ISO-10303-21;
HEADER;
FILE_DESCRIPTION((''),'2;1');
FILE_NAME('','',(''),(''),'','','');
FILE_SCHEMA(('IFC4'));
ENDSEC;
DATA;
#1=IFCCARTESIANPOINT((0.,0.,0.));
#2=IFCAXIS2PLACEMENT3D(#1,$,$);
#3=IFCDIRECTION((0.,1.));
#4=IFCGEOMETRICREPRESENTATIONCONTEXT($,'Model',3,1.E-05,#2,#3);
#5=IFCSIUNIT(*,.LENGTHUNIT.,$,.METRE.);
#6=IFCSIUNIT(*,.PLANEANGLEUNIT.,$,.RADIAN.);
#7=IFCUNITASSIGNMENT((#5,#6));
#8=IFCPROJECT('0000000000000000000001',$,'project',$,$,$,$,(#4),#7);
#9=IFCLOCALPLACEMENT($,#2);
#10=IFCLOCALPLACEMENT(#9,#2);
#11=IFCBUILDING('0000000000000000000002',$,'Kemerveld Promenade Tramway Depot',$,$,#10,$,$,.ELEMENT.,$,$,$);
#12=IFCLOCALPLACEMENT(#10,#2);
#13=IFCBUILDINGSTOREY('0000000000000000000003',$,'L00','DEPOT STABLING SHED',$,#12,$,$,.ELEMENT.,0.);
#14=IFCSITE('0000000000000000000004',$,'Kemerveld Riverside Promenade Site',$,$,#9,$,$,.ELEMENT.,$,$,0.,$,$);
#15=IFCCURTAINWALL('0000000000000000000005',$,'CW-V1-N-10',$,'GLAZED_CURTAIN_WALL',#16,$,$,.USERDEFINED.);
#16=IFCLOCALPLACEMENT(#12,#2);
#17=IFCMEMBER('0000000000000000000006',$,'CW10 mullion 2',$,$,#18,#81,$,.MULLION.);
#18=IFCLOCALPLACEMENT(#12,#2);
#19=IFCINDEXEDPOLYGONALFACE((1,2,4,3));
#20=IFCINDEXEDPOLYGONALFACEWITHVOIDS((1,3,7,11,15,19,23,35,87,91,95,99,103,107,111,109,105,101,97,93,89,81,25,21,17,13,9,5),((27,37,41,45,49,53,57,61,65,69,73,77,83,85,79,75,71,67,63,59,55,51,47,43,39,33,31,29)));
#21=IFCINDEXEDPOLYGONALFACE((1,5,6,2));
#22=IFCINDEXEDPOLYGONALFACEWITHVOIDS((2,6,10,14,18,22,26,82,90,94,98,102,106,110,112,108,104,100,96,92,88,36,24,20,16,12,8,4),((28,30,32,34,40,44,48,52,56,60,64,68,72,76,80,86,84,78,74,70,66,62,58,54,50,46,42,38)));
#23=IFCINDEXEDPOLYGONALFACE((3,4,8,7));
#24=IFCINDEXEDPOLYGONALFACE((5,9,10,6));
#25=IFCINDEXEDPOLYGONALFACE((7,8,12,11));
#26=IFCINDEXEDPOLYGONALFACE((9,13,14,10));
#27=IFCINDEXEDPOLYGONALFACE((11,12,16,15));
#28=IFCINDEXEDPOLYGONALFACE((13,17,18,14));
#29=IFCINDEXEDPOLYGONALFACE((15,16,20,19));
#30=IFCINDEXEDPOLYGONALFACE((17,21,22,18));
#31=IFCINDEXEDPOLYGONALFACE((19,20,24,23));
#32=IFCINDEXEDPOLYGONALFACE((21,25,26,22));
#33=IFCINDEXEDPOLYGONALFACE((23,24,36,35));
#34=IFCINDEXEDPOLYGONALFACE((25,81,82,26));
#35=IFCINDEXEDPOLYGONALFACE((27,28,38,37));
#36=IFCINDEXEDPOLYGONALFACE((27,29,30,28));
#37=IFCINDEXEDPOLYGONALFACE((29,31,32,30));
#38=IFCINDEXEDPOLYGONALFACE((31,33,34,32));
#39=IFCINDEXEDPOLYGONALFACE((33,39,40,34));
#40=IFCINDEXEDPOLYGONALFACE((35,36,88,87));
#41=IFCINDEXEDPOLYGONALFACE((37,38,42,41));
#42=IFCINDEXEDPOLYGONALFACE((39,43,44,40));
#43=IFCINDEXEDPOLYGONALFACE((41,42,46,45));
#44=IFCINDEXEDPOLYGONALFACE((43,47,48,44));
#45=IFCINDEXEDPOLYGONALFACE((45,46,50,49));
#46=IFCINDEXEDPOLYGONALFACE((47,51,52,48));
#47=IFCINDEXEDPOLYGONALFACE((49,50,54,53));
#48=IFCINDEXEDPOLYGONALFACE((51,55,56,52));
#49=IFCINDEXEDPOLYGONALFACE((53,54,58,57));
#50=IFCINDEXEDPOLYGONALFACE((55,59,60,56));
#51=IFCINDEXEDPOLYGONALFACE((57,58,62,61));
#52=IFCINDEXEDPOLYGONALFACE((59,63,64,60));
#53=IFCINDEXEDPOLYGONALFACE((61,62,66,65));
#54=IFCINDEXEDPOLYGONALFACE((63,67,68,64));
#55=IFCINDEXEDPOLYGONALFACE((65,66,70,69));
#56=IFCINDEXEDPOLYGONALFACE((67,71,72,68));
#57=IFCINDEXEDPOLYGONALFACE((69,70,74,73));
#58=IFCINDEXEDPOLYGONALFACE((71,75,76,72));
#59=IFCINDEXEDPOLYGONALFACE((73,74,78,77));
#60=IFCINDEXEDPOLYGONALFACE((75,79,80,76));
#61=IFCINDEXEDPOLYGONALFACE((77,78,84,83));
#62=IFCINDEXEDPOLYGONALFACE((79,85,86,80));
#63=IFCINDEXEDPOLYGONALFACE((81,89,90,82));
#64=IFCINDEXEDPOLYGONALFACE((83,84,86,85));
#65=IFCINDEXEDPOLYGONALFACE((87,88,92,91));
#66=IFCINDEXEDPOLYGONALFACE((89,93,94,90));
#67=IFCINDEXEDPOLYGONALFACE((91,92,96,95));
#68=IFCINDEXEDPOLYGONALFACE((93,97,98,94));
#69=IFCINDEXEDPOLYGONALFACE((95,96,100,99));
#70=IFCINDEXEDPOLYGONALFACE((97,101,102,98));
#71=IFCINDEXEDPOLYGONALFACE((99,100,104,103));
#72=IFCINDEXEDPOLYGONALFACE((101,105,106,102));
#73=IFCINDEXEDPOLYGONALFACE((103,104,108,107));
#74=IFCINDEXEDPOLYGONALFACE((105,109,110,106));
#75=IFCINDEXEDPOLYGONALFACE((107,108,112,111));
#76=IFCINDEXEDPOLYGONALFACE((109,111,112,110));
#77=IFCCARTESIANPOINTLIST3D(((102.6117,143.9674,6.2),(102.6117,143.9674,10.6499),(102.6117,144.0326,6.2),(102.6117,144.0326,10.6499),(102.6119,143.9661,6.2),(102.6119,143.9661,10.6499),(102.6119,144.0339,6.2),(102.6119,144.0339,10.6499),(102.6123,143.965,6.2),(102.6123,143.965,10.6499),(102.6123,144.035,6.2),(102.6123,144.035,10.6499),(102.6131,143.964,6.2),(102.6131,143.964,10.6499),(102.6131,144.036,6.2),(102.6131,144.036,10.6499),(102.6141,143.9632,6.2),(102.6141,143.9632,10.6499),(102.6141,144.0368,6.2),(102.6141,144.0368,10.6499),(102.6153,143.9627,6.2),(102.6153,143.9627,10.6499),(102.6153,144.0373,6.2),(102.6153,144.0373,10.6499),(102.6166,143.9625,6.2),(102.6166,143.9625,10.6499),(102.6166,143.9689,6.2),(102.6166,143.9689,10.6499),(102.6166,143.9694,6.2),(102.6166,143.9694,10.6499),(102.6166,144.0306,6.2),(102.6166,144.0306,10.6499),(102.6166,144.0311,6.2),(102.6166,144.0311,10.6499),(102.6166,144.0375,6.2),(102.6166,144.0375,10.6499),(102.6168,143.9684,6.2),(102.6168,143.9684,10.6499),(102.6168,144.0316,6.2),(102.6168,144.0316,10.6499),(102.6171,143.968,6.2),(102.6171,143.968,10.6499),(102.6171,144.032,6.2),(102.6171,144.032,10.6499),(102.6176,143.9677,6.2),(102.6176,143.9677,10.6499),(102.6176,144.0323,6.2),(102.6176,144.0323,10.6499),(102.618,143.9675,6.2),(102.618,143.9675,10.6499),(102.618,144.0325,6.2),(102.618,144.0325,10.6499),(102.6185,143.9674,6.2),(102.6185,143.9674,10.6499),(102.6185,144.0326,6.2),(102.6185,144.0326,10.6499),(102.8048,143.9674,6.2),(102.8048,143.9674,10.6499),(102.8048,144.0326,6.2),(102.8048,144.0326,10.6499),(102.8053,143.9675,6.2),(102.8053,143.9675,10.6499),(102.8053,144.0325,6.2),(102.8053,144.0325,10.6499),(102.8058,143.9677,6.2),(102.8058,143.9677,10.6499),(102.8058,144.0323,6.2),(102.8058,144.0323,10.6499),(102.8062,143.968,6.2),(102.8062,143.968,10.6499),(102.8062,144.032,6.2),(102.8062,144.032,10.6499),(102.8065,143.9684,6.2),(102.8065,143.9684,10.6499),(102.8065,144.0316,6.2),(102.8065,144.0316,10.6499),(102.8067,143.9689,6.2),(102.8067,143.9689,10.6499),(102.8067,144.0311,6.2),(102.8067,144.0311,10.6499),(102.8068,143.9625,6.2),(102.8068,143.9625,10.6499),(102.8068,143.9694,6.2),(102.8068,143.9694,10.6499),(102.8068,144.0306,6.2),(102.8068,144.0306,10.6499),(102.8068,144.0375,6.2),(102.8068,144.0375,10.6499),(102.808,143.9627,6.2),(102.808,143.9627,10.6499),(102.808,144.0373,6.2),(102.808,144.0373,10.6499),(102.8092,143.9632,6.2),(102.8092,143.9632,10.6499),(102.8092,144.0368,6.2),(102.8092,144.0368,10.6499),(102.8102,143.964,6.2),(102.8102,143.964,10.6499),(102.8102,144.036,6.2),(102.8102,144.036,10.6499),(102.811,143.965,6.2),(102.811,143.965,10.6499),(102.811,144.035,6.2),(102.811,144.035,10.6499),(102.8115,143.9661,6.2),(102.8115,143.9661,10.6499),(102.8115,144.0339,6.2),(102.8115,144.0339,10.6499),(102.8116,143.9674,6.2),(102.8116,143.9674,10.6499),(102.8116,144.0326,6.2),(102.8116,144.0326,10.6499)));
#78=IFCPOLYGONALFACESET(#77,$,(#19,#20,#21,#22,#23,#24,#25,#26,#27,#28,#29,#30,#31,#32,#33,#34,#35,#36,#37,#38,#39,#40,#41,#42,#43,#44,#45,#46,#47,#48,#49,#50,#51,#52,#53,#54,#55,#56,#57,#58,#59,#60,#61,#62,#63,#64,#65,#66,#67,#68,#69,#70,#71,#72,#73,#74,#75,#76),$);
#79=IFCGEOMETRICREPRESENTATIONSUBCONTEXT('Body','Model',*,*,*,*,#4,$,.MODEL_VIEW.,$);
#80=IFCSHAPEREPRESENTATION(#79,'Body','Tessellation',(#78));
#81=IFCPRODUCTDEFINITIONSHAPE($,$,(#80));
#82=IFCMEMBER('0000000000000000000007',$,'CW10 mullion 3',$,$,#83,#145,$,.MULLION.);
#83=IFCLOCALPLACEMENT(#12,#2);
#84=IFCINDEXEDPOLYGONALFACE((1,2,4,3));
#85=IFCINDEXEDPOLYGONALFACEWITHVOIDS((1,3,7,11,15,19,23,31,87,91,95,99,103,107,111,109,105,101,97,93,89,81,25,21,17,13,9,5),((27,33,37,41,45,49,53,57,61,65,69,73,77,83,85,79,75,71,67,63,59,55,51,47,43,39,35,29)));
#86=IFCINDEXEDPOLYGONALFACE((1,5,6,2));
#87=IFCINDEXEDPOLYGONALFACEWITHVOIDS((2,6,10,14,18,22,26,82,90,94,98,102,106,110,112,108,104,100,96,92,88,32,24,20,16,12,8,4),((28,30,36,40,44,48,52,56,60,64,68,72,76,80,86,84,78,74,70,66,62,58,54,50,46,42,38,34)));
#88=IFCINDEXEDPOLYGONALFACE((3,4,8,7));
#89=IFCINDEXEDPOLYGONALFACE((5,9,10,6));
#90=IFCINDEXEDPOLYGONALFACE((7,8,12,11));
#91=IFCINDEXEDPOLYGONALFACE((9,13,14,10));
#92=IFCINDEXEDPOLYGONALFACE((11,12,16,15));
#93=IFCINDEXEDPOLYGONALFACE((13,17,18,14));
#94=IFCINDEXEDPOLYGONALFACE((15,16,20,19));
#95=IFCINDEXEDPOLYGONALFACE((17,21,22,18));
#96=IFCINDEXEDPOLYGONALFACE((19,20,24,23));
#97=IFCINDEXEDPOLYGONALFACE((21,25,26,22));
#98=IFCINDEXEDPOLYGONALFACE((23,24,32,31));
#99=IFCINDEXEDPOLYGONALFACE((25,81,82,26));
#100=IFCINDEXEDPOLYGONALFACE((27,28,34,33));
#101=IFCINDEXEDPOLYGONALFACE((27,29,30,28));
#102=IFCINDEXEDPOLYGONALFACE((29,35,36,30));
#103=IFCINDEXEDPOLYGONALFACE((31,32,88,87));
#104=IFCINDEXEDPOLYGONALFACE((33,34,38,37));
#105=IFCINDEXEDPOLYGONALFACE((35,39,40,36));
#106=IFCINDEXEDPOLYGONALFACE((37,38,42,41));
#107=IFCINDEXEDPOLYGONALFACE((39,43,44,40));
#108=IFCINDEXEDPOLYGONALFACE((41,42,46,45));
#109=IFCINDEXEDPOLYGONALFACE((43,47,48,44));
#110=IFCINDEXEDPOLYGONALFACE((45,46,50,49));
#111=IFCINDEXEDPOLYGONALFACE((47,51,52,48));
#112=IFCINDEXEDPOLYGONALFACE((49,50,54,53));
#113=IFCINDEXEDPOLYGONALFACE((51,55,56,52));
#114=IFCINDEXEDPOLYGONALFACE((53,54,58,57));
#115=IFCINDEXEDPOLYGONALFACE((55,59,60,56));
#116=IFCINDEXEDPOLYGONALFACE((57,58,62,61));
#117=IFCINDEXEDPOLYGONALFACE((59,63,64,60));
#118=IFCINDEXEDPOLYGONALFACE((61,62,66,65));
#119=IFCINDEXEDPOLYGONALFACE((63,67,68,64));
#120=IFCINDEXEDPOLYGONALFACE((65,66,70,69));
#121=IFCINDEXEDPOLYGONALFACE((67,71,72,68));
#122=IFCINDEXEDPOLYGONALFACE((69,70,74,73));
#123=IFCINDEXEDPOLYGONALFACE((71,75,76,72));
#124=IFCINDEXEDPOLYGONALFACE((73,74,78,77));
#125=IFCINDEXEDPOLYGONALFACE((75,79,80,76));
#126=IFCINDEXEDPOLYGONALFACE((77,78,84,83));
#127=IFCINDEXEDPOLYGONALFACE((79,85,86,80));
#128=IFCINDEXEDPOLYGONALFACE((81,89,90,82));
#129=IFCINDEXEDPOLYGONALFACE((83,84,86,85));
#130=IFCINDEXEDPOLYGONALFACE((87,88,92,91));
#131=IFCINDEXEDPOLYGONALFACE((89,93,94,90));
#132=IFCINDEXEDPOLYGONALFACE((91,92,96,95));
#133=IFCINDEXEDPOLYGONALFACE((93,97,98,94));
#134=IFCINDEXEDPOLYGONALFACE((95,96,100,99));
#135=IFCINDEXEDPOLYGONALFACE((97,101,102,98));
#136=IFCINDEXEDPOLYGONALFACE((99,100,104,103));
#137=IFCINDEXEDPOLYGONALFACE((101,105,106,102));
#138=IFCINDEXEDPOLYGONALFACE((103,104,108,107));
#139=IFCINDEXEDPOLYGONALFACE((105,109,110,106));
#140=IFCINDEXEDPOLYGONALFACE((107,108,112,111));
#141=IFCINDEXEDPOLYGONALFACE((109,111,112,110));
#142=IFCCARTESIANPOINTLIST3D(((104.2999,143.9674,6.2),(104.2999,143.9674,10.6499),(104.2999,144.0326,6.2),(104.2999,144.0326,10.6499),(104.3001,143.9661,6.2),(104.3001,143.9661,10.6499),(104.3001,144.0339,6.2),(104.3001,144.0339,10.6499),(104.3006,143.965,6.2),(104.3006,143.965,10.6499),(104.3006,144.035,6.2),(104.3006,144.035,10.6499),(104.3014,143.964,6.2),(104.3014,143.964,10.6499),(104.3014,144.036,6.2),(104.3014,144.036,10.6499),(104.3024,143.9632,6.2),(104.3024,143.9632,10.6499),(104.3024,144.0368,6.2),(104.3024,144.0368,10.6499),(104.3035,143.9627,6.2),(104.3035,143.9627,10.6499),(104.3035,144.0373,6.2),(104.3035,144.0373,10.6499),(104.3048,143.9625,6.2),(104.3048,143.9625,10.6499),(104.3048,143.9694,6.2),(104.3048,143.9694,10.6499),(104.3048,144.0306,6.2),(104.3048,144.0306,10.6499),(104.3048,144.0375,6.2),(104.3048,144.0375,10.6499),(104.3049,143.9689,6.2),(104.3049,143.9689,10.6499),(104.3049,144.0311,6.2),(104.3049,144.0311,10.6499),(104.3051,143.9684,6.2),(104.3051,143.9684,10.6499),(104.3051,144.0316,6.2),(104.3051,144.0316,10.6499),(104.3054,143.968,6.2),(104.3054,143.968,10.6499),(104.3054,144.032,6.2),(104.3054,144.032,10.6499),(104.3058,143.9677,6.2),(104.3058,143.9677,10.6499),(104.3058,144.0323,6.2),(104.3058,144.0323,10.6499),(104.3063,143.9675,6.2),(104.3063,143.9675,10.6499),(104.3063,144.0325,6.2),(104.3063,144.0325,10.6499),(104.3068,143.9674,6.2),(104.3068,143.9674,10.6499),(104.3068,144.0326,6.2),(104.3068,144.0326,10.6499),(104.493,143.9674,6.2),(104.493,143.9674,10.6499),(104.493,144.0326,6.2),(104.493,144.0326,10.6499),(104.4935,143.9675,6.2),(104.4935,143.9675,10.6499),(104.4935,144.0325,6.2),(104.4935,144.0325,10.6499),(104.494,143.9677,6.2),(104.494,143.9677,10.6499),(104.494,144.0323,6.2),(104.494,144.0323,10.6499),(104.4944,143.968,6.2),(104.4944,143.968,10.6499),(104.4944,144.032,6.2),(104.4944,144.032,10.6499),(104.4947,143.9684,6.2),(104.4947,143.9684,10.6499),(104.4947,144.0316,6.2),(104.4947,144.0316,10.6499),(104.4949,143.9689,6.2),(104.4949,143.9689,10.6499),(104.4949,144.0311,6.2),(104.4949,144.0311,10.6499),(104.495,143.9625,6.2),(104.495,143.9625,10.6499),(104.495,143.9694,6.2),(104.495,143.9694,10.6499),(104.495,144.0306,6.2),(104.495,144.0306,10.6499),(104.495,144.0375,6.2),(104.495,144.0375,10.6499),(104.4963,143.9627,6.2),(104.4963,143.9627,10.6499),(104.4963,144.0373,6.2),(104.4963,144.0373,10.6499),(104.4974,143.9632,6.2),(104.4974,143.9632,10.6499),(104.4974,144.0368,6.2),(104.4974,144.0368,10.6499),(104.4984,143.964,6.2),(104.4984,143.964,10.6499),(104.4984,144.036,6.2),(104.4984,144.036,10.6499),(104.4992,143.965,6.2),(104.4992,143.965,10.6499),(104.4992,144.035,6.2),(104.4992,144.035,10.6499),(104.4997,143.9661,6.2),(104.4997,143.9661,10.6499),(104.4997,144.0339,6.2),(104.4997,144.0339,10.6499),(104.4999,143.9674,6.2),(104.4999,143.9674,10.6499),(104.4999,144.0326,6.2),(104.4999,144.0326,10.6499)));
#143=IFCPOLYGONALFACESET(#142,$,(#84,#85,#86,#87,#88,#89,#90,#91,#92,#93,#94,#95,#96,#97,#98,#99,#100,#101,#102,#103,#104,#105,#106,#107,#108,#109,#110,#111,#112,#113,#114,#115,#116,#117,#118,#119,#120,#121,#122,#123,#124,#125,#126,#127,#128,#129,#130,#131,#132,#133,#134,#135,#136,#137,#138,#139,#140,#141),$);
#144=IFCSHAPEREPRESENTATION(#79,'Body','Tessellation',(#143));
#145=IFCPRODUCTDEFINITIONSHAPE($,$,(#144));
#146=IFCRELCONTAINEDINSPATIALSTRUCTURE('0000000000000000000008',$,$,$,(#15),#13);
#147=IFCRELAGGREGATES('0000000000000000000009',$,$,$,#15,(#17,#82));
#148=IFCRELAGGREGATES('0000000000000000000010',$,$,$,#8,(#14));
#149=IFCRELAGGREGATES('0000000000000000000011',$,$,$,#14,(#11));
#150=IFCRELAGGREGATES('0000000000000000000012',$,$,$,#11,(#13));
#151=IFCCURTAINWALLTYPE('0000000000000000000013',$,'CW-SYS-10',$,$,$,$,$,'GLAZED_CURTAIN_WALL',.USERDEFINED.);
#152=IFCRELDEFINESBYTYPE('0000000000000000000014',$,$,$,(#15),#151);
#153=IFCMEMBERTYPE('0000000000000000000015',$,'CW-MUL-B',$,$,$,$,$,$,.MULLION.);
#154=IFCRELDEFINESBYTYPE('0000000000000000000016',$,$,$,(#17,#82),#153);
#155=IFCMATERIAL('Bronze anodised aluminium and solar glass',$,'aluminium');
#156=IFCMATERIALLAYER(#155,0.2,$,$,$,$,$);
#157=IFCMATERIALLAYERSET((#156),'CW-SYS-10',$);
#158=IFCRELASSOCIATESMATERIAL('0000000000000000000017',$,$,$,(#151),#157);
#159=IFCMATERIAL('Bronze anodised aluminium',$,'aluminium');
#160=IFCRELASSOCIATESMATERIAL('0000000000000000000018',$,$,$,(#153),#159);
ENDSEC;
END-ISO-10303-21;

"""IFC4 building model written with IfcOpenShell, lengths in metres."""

from ifc_helpers import new_model, si_unit, direction, frame, origin, origin_2d, place, context, subcontext, project, spatial, hollow_rectangle, extrude, material, layer, layer_set, material_profile, profile_set, type_object, element, aggregate, save


model = new_model("IFC4")

# Units and contexts
model_context = context("Model", 3, precision=1e-05, world=origin(), true_north=direction((0.0, 1.0)))
body_context = subcontext(model_context, "Body", "Model", "MODEL_VIEW")
ifc_project = project(units=[si_unit("LENGTHUNIT", "METRE"), si_unit("PLANEANGLEUNIT", "RADIAN")], contexts=[model_context])

# Site, building, storey
site_placement = place(None, origin())
site = spatial("IfcSite", under=ifc_project, at=site_placement, Name="Kemerveld Riverside Promenade Site", CompositionType="ELEMENT", RefElevation=0.0)
building_placement = place(site_placement, origin())
building = spatial("IfcBuilding", under=site, at=building_placement, Name="Kemerveld Promenade Tramway Depot", CompositionType="ELEMENT")
storey_placement = place(building_placement, origin())
storey = spatial("IfcBuildingStorey", under=building, at=storey_placement, Name="L00", Description="DEPOT STABLING SHED", CompositionType="ELEMENT", Elevation=0.0)

# Curtain wall, members
ifc_material_1 = material(Name="Bronze anodised aluminium and solar glass", Category="aluminium")
ifc_material_2 = material(Name="Bronze anodised aluminium", Category="aluminium")
ifc_layer_1 = layer(ifc_material_1, 0.2)
ifc_layer_set_1 = layer_set([ifc_layer_1], Name="CW-SYS-10")
curtain_wall_type_1 = type_object("IfcCurtainWallType", Name="CW-SYS-10", ElementType="GLAZED_CURTAIN_WALL", PredefinedType="USERDEFINED", material=ifc_layer_set_1)
curtain_wall_1_placement = place(storey_placement, origin())
curtain_wall_1 = element("IfcCurtainWall", 1, at=curtain_wall_1_placement, inside=storey, type_object=curtain_wall_type_1, Name="CW-V1-N-10", ObjectType="GLAZED_CURTAIN_WALL", PredefinedType="USERDEFINED")
ifc_material_profile_1 = material_profile(ifc_material_2, hollow_rectangle(XDim=0.075, YDim=0.2, WallThickness=0.0049, InnerFilletRadius=0.002, OuterFilletRadius=0.0049, at=origin_2d()), Name="CW-MUL-200x75")
ifc_profile_set_1 = profile_set([ifc_material_profile_1], Name="Bronze anodised aluminium")
member_type_1 = type_object("IfcMemberType", Name="CW-MUL-B", PredefinedType="MULLION", material=ifc_profile_set_1)
member_1_placement = place(storey_placement, frame((102.7117, 144.0, 6.2), z_axis=(0.0, 0.0, 1.0), x_axis=(0.0, 1.0, 0.0)))
member_1 = element("IfcMember", 2, at=member_1_placement, type_object=member_type_1, Name="CW10 mullion 2", PredefinedType="MULLION", context=body_context, shape_type="SweptSolid", body=[
    extrude(hollow_rectangle(XDim=0.075, YDim=0.2, WallThickness=0.0049, InnerFilletRadius=0.002, OuterFilletRadius=0.0049, at=origin_2d()), origin(), (0.0, 0.0, 1.0), 4.45),
])
member_2_placement = place(storey_placement, frame((104.3999, 144.0, 6.2), z_axis=(0.0, 0.0, 1.0), x_axis=(0.0, 1.0, 0.0)))
member_2 = element("IfcMember", 3, at=member_2_placement, type_object=member_type_1, Name="CW10 mullion 3", PredefinedType="MULLION", context=body_context, shape_type="SweptSolid", body=[
    extrude(hollow_rectangle(XDim=0.075, YDim=0.2, WallThickness=0.0049, InnerFilletRadius=0.002, OuterFilletRadius=0.0049, at=origin_2d()), origin(), (0.0, 0.0, 1.0), 4.45),
])

aggregate(curtain_wall_1, [member_1, member_2])

save(model, "model.ifc")
